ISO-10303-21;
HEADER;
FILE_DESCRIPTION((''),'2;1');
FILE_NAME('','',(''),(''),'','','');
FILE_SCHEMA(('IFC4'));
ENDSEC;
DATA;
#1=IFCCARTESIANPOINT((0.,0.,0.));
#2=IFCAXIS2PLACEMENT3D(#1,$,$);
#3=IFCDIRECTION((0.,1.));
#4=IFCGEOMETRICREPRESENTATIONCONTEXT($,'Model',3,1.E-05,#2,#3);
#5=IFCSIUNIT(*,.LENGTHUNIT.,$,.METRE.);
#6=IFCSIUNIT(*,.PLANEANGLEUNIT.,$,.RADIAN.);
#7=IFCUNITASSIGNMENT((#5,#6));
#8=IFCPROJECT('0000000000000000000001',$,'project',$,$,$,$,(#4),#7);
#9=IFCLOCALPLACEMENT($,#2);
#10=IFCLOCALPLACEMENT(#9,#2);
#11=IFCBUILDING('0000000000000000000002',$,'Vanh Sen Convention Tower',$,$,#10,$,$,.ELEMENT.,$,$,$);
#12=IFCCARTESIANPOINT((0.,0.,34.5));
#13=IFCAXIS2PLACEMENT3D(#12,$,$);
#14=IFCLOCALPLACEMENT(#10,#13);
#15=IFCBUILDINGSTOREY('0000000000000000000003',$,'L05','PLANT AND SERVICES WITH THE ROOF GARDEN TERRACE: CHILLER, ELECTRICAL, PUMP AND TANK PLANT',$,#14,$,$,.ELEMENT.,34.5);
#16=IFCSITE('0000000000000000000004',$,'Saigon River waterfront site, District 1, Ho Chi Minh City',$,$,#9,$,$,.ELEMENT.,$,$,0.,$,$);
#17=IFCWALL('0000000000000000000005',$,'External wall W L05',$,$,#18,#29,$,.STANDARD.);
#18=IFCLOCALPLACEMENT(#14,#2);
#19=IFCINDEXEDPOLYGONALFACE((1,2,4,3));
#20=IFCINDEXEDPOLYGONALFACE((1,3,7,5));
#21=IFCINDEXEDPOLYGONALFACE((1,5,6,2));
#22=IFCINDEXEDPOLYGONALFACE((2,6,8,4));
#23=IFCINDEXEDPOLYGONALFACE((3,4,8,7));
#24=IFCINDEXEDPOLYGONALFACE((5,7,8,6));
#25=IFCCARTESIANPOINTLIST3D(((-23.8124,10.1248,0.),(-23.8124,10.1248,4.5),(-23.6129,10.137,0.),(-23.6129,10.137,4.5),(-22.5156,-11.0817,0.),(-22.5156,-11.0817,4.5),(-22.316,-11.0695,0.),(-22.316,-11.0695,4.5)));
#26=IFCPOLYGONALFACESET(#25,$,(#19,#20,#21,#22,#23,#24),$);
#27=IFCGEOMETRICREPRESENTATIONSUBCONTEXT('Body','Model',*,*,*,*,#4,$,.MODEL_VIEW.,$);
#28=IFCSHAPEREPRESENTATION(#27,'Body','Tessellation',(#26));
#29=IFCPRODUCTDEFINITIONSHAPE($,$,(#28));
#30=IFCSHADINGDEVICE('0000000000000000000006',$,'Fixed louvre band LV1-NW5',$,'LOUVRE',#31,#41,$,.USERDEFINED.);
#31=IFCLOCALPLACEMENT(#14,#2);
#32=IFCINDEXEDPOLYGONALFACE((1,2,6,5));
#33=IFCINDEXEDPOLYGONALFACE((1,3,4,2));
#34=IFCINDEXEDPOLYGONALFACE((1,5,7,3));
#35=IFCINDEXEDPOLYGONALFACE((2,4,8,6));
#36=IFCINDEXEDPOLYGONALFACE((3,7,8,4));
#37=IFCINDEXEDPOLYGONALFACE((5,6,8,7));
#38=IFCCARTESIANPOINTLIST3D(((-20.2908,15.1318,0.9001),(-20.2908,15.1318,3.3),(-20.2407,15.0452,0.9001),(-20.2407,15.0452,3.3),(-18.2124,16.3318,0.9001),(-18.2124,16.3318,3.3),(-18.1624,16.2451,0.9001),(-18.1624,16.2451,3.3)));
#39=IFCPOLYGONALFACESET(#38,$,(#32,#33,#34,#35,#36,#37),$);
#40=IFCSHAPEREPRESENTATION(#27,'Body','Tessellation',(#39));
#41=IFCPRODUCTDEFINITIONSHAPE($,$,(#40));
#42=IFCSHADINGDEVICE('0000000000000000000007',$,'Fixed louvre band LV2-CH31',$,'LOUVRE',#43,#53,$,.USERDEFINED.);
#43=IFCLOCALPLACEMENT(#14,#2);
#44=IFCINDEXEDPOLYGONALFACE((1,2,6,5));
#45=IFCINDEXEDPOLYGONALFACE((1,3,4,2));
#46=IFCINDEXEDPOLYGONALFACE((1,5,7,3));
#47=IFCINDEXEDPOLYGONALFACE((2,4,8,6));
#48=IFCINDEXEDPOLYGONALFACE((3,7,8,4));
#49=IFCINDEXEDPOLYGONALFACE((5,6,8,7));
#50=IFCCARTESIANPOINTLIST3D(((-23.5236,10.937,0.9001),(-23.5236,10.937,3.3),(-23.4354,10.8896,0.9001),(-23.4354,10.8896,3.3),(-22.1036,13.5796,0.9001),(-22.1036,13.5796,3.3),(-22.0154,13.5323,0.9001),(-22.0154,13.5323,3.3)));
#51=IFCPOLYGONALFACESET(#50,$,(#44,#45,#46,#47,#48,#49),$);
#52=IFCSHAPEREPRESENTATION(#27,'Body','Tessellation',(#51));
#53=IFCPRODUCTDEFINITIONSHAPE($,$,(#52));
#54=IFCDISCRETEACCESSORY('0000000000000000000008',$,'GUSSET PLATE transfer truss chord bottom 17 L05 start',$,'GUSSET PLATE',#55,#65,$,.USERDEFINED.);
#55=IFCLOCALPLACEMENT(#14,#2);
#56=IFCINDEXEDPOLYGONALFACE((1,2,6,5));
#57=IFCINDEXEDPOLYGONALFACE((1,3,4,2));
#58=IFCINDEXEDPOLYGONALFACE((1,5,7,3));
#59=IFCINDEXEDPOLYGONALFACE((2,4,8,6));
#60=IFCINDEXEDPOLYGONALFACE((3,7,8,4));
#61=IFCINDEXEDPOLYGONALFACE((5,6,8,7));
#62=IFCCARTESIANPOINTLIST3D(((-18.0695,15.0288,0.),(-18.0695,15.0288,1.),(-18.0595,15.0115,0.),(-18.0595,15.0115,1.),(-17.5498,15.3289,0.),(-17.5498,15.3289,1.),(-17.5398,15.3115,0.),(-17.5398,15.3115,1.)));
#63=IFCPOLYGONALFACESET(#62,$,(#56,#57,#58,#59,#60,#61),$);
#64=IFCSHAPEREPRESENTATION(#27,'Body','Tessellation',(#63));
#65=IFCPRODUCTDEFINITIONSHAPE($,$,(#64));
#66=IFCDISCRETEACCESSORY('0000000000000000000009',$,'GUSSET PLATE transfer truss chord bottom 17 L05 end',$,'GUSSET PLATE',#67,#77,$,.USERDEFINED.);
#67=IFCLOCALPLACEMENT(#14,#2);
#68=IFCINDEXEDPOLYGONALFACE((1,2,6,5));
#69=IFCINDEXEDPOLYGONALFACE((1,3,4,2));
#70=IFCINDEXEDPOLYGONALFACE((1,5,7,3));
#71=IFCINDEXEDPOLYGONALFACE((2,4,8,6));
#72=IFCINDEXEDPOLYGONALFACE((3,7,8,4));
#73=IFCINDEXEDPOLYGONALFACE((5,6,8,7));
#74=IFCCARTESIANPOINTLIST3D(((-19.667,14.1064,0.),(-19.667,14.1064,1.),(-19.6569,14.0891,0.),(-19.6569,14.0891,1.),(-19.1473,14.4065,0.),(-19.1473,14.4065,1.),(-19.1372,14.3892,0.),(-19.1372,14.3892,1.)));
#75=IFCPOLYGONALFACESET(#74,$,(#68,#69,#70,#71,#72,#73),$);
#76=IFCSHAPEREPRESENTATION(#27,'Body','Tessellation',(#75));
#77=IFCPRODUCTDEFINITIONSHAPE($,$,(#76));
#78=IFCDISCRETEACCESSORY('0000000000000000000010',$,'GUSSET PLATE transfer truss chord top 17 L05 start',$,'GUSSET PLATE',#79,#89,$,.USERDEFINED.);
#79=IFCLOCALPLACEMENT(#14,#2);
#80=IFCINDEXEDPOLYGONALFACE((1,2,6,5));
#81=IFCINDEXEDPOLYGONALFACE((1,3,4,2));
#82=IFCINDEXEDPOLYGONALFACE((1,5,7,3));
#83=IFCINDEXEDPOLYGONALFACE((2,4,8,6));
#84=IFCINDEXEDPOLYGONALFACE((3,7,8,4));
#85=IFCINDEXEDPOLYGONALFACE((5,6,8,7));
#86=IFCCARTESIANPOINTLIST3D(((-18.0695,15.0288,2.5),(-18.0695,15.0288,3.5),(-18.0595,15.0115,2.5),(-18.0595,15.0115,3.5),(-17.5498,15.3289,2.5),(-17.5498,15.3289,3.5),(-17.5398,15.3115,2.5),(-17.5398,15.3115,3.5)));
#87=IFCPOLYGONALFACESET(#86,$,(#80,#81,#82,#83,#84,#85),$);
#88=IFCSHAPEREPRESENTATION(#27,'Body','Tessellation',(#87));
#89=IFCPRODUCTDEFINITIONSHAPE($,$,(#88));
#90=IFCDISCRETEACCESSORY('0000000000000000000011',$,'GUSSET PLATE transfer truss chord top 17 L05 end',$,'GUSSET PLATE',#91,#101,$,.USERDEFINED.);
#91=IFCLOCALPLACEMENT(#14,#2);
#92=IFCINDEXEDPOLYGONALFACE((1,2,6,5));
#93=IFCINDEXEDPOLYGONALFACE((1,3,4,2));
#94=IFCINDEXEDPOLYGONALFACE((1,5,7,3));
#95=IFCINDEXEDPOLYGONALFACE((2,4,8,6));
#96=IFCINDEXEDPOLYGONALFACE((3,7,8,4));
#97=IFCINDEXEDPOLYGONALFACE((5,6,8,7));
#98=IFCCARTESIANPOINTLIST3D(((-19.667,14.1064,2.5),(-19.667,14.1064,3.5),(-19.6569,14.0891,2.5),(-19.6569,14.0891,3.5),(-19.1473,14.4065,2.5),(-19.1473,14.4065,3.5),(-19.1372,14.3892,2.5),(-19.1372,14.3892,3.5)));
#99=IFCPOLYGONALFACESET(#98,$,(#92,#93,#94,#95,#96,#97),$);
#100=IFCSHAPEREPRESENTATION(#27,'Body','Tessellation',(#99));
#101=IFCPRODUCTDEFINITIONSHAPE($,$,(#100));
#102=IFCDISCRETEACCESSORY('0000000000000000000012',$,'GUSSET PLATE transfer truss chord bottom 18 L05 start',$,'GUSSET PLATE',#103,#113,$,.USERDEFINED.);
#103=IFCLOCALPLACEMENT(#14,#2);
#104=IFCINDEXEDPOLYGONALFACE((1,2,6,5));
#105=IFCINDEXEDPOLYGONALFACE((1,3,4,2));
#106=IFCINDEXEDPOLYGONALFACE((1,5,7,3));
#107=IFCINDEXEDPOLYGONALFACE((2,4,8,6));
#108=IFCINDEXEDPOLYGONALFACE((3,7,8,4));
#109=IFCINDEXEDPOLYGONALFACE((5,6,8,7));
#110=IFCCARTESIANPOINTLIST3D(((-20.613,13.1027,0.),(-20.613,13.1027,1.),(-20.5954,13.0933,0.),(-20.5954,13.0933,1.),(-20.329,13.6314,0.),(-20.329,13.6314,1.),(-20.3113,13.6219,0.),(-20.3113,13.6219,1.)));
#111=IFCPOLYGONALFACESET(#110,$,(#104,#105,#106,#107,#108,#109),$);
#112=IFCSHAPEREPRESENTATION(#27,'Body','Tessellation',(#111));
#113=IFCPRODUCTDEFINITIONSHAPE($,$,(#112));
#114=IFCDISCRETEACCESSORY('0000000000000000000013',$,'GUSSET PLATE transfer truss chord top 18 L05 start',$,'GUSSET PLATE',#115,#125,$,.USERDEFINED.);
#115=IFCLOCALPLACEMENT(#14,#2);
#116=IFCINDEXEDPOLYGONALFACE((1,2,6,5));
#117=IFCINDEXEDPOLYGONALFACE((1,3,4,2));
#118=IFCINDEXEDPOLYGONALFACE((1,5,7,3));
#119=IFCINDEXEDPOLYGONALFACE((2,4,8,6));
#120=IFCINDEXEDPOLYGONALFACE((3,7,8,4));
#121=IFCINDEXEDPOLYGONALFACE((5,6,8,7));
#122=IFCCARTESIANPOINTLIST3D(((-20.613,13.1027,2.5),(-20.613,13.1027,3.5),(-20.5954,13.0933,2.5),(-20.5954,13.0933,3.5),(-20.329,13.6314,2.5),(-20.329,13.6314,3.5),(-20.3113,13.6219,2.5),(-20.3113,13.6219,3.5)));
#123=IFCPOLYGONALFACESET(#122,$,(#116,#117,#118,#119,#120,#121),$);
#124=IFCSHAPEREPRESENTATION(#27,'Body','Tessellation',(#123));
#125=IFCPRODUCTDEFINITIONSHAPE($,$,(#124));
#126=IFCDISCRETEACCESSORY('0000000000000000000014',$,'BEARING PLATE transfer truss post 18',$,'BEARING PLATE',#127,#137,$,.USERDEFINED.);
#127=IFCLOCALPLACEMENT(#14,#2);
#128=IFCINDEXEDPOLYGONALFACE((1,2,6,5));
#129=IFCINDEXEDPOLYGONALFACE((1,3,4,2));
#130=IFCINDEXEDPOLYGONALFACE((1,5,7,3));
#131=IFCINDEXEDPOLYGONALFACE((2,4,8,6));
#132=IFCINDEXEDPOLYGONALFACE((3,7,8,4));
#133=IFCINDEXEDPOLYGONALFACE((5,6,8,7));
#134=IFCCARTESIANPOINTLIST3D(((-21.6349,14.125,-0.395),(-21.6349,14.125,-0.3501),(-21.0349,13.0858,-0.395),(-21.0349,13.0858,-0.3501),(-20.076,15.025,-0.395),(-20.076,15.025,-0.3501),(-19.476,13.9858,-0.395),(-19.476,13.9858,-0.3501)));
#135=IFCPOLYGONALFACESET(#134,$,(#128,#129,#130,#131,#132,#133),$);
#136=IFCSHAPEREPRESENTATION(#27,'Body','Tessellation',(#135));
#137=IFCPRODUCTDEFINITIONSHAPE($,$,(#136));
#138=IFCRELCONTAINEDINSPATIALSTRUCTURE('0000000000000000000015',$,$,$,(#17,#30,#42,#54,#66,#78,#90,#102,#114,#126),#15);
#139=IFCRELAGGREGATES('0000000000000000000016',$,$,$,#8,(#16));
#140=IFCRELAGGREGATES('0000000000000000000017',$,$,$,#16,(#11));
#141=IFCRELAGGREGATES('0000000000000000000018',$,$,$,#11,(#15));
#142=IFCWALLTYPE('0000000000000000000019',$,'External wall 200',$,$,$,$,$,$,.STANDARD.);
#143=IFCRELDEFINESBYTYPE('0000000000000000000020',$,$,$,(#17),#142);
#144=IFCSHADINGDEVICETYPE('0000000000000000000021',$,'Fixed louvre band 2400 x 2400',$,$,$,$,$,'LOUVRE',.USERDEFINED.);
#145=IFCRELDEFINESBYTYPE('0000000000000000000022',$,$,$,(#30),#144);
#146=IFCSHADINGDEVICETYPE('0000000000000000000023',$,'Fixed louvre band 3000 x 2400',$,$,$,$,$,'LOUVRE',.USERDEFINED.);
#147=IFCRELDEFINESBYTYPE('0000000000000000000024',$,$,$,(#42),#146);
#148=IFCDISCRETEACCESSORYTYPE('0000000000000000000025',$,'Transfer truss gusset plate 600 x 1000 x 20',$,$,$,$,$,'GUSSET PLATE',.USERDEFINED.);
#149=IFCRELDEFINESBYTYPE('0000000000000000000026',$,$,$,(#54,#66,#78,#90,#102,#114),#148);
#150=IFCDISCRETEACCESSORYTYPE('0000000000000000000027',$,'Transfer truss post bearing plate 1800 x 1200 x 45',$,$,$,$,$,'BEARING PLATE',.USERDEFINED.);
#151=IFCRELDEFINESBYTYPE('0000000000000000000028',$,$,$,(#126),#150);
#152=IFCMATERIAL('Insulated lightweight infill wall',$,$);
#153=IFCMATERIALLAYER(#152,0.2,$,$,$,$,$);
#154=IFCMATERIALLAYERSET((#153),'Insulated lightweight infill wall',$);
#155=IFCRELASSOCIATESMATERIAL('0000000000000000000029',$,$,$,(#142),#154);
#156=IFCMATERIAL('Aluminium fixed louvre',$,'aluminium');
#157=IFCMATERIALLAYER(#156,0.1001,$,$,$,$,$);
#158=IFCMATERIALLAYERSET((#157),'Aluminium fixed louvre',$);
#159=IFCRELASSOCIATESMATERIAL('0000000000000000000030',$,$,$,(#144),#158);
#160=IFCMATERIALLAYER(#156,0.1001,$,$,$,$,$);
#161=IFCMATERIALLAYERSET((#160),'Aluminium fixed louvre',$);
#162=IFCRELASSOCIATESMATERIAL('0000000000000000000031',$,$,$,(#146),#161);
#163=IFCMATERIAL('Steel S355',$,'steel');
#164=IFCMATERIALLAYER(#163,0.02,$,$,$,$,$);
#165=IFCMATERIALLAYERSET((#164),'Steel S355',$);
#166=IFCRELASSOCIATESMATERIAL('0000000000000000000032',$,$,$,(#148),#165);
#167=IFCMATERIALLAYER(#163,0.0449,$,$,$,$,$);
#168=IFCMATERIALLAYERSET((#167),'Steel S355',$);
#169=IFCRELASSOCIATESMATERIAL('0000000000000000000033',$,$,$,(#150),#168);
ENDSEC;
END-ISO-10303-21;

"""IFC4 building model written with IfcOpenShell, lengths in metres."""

from ifc_helpers import new_model, si_unit, direction, frame, frame_2d, origin, origin_2d, place, context, subcontext, project, spatial, rectangle, extrude, material, layer, layer_set, type_object, element, save


model = new_model("IFC4")

# Units and contexts
model_context = context("Model", 3, precision=1e-05, world=origin(), true_north=direction((0.0, 1.0)))
body_context = subcontext(model_context, "Body", "Model", "MODEL_VIEW")
ifc_project = project(units=[si_unit("LENGTHUNIT", "METRE"), si_unit("PLANEANGLEUNIT", "RADIAN")], contexts=[model_context])

# Site, building, storey
site_placement = place(None, origin())
site = spatial("IfcSite", under=ifc_project, at=site_placement, Name="Saigon River waterfront site, District 1, Ho Chi Minh City", CompositionType="ELEMENT", RefElevation=0.0)
building_placement = place(site_placement, origin())
building = spatial("IfcBuilding", under=site, at=building_placement, Name="Vanh Sen Convention Tower", CompositionType="ELEMENT")
storey_placement = place(building_placement, frame((0.0, 0.0, 34.5)))
storey = spatial("IfcBuildingStorey", under=building, at=storey_placement, Name="L05", Description="PLANT AND SERVICES WITH THE ROOF GARDEN TERRACE: CHILLER, ELECTRICAL, PUMP AND TANK PLANT", CompositionType="ELEMENT", Elevation=34.5)

# Shared definitions
ifc_material_1 = material(Name="Steel S355", Category="steel")

# Wall
ifc_material_2 = material(Name="Insulated lightweight infill wall")
ifc_layer_1 = layer(ifc_material_2, 0.2)
ifc_layer_set_1 = layer_set([ifc_layer_1], Name="Insulated lightweight infill wall")
wall_type_1 = type_object("IfcWallType", Name="External wall 200", PredefinedType="STANDARD", material=ifc_layer_set_1)
wall_1_placement = place(storey_placement, frame((-23.7126, 10.1309, 0.0), z_axis=(0.0, 0.0, 1.0), x_axis=(0.06104, -0.998135, 0.0)))
element("IfcWall", 1, at=wall_1_placement, inside=storey, type_object=wall_type_1, Name="External wall W L05", PredefinedType="STANDARD", context=body_context, shape_type="SweptSolid", body=[
    extrude(rectangle(XDim=21.2461, YDim=0.2, at=frame_2d((10.623, 0.0))), origin(), (0.0, 0.0, 1.0), 4.5),
])

# Shading devices
ifc_material_3 = material(Name="Aluminium fixed louvre", Category="aluminium")
ifc_layer_2 = layer(ifc_material_3, 0.1001)
ifc_layer_set_2 = layer_set([ifc_layer_2], Name="Aluminium fixed louvre")
shading_device_type_1 = type_object("IfcShadingDeviceType", Name="Fixed louvre band 2400 x 2400", ElementType="LOUVRE", PredefinedType="USERDEFINED", material=ifc_layer_set_2)
shading_device_1_placement = place(storey_placement, frame((-19.2266, 15.6885, 0.9001), z_axis=(0.0, 0.0, 1.0), x_axis=(-0.866025, -0.500002, 0.0)))
element("IfcShadingDevice", 2, at=shading_device_1_placement, inside=storey, type_object=shading_device_type_1, Name="Fixed louvre band LV1-NW5", ObjectType="LOUVRE", PredefinedType="USERDEFINED", context=body_context, shape_type="SweptSolid", body=[
    extrude(rectangle(XDim=2.3999, YDim=0.1001, at=origin_2d()), origin(), (0.0, 0.0, 1.0), 2.3999),
])
ifc_layer_3 = layer(ifc_material_3, 0.1001)
ifc_layer_set_3 = layer_set([ifc_layer_3], Name="Aluminium fixed louvre")
shading_device_type_2 = type_object("IfcShadingDeviceType", Name="Fixed louvre band 3000 x 2400", ElementType="LOUVRE", PredefinedType="USERDEFINED", material=ifc_layer_set_3)
shading_device_2_placement = place(storey_placement, frame((-22.7695, 12.2346, 0.9001), z_axis=(0.0, 0.0, 1.0), x_axis=(-0.473334, -0.880883, 0.0)))
element("IfcShadingDevice", 3, at=shading_device_2_placement, inside=storey, type_object=shading_device_type_2, Name="Fixed louvre band LV2-CH31", ObjectType="LOUVRE", PredefinedType="USERDEFINED", context=body_context, shape_type="SweptSolid", body=[
    extrude(rectangle(XDim=3.0, YDim=0.1001, at=origin_2d()), origin(), (0.0, 0.0, 1.0), 2.3999),
])

# Discrete accessories
ifc_layer_4 = layer(ifc_material_1, 0.02)
ifc_layer_set_4 = layer_set([ifc_layer_4], Name="Steel S355")
discrete_accessory_type_1 = type_object("IfcDiscreteAccessoryType", Name="Transfer truss gusset plate 600 x 1000 x 20", ElementType="GUSSET PLATE", PredefinedType="USERDEFINED", material=ifc_layer_set_4)
for number, where, z_axis, x_axis, name in (
    (4, (-17.8047, 15.1702, 0.0), (0.0, 0.0, 1.0), (-0.866021, -0.500008, 0.0), "GUSSET PLATE transfer truss chord bottom 17 L05 start"),
    (5, (-19.4021, 14.2478, 0.0), (0.0, 0.0, 1.0), (0.866021, 0.500008, 0.0), "GUSSET PLATE transfer truss chord bottom 17 L05 end"),
    (6, (-17.8047, 15.1702, 2.5), (0.0, 0.0, 1.0), (-0.866021, -0.500008, 0.0), "GUSSET PLATE transfer truss chord top 17 L05 start"),
    (7, (-19.4021, 14.2478, 2.5), (0.0, 0.0, 1.0), (0.866021, 0.500008, 0.0), "GUSSET PLATE transfer truss chord top 17 L05 end"),
    (8, (-20.4622, 13.3623, 0.0), (0.0, 0.0, 1.0), (-0.473317, -0.880892, 0.0), "GUSSET PLATE transfer truss chord bottom 18 L05 start"),
    (9, (-20.4622, 13.3623, 2.5), (0.0, 0.0, 1.0), (-0.473317, -0.880892, 0.0), "GUSSET PLATE transfer truss chord top 18 L05 start"),
):
    element("IfcDiscreteAccessory", number, at=place(storey_placement, frame(where, z_axis=z_axis, x_axis=x_axis)), inside=storey, type_object=discrete_accessory_type_1, Name=name, ObjectType="GUSSET PLATE", PredefinedType="USERDEFINED", context=body_context, shape_type="SweptSolid", body=[
        extrude(rectangle(XDim=0.6001, YDim=0.02, at=origin_2d()), origin(), (0.0, 0.0, 1.0), 1.0),
    ])
ifc_layer_5 = layer(ifc_material_1, 0.0449)
ifc_layer_set_5 = layer_set([ifc_layer_5], Name="Steel S355")
discrete_accessory_type_2 = type_object("IfcDiscreteAccessoryType", Name="Transfer truss post bearing plate 1800 x 1200 x 45", ElementType="BEARING PLATE", PredefinedType="USERDEFINED", material=ifc_layer_set_5)
discrete_accessory_placement = place(storey_placement, frame((-20.5554, 14.0554, -0.395), z_axis=(0.0, 0.0, 1.0), x_axis=(-0.866025, -0.5, 0.0)))
element("IfcDiscreteAccessory", 10, at=discrete_accessory_placement, inside=storey, type_object=discrete_accessory_type_2, Name="BEARING PLATE transfer truss post 18", ObjectType="BEARING PLATE", PredefinedType="USERDEFINED", context=body_context, shape_type="SweptSolid", body=[
    extrude(rectangle(XDim=1.8, YDim=1.2, at=origin_2d()), origin(), (0.0, 0.0, 1.0), 0.0449),
])

save(model, "model.ifc")
